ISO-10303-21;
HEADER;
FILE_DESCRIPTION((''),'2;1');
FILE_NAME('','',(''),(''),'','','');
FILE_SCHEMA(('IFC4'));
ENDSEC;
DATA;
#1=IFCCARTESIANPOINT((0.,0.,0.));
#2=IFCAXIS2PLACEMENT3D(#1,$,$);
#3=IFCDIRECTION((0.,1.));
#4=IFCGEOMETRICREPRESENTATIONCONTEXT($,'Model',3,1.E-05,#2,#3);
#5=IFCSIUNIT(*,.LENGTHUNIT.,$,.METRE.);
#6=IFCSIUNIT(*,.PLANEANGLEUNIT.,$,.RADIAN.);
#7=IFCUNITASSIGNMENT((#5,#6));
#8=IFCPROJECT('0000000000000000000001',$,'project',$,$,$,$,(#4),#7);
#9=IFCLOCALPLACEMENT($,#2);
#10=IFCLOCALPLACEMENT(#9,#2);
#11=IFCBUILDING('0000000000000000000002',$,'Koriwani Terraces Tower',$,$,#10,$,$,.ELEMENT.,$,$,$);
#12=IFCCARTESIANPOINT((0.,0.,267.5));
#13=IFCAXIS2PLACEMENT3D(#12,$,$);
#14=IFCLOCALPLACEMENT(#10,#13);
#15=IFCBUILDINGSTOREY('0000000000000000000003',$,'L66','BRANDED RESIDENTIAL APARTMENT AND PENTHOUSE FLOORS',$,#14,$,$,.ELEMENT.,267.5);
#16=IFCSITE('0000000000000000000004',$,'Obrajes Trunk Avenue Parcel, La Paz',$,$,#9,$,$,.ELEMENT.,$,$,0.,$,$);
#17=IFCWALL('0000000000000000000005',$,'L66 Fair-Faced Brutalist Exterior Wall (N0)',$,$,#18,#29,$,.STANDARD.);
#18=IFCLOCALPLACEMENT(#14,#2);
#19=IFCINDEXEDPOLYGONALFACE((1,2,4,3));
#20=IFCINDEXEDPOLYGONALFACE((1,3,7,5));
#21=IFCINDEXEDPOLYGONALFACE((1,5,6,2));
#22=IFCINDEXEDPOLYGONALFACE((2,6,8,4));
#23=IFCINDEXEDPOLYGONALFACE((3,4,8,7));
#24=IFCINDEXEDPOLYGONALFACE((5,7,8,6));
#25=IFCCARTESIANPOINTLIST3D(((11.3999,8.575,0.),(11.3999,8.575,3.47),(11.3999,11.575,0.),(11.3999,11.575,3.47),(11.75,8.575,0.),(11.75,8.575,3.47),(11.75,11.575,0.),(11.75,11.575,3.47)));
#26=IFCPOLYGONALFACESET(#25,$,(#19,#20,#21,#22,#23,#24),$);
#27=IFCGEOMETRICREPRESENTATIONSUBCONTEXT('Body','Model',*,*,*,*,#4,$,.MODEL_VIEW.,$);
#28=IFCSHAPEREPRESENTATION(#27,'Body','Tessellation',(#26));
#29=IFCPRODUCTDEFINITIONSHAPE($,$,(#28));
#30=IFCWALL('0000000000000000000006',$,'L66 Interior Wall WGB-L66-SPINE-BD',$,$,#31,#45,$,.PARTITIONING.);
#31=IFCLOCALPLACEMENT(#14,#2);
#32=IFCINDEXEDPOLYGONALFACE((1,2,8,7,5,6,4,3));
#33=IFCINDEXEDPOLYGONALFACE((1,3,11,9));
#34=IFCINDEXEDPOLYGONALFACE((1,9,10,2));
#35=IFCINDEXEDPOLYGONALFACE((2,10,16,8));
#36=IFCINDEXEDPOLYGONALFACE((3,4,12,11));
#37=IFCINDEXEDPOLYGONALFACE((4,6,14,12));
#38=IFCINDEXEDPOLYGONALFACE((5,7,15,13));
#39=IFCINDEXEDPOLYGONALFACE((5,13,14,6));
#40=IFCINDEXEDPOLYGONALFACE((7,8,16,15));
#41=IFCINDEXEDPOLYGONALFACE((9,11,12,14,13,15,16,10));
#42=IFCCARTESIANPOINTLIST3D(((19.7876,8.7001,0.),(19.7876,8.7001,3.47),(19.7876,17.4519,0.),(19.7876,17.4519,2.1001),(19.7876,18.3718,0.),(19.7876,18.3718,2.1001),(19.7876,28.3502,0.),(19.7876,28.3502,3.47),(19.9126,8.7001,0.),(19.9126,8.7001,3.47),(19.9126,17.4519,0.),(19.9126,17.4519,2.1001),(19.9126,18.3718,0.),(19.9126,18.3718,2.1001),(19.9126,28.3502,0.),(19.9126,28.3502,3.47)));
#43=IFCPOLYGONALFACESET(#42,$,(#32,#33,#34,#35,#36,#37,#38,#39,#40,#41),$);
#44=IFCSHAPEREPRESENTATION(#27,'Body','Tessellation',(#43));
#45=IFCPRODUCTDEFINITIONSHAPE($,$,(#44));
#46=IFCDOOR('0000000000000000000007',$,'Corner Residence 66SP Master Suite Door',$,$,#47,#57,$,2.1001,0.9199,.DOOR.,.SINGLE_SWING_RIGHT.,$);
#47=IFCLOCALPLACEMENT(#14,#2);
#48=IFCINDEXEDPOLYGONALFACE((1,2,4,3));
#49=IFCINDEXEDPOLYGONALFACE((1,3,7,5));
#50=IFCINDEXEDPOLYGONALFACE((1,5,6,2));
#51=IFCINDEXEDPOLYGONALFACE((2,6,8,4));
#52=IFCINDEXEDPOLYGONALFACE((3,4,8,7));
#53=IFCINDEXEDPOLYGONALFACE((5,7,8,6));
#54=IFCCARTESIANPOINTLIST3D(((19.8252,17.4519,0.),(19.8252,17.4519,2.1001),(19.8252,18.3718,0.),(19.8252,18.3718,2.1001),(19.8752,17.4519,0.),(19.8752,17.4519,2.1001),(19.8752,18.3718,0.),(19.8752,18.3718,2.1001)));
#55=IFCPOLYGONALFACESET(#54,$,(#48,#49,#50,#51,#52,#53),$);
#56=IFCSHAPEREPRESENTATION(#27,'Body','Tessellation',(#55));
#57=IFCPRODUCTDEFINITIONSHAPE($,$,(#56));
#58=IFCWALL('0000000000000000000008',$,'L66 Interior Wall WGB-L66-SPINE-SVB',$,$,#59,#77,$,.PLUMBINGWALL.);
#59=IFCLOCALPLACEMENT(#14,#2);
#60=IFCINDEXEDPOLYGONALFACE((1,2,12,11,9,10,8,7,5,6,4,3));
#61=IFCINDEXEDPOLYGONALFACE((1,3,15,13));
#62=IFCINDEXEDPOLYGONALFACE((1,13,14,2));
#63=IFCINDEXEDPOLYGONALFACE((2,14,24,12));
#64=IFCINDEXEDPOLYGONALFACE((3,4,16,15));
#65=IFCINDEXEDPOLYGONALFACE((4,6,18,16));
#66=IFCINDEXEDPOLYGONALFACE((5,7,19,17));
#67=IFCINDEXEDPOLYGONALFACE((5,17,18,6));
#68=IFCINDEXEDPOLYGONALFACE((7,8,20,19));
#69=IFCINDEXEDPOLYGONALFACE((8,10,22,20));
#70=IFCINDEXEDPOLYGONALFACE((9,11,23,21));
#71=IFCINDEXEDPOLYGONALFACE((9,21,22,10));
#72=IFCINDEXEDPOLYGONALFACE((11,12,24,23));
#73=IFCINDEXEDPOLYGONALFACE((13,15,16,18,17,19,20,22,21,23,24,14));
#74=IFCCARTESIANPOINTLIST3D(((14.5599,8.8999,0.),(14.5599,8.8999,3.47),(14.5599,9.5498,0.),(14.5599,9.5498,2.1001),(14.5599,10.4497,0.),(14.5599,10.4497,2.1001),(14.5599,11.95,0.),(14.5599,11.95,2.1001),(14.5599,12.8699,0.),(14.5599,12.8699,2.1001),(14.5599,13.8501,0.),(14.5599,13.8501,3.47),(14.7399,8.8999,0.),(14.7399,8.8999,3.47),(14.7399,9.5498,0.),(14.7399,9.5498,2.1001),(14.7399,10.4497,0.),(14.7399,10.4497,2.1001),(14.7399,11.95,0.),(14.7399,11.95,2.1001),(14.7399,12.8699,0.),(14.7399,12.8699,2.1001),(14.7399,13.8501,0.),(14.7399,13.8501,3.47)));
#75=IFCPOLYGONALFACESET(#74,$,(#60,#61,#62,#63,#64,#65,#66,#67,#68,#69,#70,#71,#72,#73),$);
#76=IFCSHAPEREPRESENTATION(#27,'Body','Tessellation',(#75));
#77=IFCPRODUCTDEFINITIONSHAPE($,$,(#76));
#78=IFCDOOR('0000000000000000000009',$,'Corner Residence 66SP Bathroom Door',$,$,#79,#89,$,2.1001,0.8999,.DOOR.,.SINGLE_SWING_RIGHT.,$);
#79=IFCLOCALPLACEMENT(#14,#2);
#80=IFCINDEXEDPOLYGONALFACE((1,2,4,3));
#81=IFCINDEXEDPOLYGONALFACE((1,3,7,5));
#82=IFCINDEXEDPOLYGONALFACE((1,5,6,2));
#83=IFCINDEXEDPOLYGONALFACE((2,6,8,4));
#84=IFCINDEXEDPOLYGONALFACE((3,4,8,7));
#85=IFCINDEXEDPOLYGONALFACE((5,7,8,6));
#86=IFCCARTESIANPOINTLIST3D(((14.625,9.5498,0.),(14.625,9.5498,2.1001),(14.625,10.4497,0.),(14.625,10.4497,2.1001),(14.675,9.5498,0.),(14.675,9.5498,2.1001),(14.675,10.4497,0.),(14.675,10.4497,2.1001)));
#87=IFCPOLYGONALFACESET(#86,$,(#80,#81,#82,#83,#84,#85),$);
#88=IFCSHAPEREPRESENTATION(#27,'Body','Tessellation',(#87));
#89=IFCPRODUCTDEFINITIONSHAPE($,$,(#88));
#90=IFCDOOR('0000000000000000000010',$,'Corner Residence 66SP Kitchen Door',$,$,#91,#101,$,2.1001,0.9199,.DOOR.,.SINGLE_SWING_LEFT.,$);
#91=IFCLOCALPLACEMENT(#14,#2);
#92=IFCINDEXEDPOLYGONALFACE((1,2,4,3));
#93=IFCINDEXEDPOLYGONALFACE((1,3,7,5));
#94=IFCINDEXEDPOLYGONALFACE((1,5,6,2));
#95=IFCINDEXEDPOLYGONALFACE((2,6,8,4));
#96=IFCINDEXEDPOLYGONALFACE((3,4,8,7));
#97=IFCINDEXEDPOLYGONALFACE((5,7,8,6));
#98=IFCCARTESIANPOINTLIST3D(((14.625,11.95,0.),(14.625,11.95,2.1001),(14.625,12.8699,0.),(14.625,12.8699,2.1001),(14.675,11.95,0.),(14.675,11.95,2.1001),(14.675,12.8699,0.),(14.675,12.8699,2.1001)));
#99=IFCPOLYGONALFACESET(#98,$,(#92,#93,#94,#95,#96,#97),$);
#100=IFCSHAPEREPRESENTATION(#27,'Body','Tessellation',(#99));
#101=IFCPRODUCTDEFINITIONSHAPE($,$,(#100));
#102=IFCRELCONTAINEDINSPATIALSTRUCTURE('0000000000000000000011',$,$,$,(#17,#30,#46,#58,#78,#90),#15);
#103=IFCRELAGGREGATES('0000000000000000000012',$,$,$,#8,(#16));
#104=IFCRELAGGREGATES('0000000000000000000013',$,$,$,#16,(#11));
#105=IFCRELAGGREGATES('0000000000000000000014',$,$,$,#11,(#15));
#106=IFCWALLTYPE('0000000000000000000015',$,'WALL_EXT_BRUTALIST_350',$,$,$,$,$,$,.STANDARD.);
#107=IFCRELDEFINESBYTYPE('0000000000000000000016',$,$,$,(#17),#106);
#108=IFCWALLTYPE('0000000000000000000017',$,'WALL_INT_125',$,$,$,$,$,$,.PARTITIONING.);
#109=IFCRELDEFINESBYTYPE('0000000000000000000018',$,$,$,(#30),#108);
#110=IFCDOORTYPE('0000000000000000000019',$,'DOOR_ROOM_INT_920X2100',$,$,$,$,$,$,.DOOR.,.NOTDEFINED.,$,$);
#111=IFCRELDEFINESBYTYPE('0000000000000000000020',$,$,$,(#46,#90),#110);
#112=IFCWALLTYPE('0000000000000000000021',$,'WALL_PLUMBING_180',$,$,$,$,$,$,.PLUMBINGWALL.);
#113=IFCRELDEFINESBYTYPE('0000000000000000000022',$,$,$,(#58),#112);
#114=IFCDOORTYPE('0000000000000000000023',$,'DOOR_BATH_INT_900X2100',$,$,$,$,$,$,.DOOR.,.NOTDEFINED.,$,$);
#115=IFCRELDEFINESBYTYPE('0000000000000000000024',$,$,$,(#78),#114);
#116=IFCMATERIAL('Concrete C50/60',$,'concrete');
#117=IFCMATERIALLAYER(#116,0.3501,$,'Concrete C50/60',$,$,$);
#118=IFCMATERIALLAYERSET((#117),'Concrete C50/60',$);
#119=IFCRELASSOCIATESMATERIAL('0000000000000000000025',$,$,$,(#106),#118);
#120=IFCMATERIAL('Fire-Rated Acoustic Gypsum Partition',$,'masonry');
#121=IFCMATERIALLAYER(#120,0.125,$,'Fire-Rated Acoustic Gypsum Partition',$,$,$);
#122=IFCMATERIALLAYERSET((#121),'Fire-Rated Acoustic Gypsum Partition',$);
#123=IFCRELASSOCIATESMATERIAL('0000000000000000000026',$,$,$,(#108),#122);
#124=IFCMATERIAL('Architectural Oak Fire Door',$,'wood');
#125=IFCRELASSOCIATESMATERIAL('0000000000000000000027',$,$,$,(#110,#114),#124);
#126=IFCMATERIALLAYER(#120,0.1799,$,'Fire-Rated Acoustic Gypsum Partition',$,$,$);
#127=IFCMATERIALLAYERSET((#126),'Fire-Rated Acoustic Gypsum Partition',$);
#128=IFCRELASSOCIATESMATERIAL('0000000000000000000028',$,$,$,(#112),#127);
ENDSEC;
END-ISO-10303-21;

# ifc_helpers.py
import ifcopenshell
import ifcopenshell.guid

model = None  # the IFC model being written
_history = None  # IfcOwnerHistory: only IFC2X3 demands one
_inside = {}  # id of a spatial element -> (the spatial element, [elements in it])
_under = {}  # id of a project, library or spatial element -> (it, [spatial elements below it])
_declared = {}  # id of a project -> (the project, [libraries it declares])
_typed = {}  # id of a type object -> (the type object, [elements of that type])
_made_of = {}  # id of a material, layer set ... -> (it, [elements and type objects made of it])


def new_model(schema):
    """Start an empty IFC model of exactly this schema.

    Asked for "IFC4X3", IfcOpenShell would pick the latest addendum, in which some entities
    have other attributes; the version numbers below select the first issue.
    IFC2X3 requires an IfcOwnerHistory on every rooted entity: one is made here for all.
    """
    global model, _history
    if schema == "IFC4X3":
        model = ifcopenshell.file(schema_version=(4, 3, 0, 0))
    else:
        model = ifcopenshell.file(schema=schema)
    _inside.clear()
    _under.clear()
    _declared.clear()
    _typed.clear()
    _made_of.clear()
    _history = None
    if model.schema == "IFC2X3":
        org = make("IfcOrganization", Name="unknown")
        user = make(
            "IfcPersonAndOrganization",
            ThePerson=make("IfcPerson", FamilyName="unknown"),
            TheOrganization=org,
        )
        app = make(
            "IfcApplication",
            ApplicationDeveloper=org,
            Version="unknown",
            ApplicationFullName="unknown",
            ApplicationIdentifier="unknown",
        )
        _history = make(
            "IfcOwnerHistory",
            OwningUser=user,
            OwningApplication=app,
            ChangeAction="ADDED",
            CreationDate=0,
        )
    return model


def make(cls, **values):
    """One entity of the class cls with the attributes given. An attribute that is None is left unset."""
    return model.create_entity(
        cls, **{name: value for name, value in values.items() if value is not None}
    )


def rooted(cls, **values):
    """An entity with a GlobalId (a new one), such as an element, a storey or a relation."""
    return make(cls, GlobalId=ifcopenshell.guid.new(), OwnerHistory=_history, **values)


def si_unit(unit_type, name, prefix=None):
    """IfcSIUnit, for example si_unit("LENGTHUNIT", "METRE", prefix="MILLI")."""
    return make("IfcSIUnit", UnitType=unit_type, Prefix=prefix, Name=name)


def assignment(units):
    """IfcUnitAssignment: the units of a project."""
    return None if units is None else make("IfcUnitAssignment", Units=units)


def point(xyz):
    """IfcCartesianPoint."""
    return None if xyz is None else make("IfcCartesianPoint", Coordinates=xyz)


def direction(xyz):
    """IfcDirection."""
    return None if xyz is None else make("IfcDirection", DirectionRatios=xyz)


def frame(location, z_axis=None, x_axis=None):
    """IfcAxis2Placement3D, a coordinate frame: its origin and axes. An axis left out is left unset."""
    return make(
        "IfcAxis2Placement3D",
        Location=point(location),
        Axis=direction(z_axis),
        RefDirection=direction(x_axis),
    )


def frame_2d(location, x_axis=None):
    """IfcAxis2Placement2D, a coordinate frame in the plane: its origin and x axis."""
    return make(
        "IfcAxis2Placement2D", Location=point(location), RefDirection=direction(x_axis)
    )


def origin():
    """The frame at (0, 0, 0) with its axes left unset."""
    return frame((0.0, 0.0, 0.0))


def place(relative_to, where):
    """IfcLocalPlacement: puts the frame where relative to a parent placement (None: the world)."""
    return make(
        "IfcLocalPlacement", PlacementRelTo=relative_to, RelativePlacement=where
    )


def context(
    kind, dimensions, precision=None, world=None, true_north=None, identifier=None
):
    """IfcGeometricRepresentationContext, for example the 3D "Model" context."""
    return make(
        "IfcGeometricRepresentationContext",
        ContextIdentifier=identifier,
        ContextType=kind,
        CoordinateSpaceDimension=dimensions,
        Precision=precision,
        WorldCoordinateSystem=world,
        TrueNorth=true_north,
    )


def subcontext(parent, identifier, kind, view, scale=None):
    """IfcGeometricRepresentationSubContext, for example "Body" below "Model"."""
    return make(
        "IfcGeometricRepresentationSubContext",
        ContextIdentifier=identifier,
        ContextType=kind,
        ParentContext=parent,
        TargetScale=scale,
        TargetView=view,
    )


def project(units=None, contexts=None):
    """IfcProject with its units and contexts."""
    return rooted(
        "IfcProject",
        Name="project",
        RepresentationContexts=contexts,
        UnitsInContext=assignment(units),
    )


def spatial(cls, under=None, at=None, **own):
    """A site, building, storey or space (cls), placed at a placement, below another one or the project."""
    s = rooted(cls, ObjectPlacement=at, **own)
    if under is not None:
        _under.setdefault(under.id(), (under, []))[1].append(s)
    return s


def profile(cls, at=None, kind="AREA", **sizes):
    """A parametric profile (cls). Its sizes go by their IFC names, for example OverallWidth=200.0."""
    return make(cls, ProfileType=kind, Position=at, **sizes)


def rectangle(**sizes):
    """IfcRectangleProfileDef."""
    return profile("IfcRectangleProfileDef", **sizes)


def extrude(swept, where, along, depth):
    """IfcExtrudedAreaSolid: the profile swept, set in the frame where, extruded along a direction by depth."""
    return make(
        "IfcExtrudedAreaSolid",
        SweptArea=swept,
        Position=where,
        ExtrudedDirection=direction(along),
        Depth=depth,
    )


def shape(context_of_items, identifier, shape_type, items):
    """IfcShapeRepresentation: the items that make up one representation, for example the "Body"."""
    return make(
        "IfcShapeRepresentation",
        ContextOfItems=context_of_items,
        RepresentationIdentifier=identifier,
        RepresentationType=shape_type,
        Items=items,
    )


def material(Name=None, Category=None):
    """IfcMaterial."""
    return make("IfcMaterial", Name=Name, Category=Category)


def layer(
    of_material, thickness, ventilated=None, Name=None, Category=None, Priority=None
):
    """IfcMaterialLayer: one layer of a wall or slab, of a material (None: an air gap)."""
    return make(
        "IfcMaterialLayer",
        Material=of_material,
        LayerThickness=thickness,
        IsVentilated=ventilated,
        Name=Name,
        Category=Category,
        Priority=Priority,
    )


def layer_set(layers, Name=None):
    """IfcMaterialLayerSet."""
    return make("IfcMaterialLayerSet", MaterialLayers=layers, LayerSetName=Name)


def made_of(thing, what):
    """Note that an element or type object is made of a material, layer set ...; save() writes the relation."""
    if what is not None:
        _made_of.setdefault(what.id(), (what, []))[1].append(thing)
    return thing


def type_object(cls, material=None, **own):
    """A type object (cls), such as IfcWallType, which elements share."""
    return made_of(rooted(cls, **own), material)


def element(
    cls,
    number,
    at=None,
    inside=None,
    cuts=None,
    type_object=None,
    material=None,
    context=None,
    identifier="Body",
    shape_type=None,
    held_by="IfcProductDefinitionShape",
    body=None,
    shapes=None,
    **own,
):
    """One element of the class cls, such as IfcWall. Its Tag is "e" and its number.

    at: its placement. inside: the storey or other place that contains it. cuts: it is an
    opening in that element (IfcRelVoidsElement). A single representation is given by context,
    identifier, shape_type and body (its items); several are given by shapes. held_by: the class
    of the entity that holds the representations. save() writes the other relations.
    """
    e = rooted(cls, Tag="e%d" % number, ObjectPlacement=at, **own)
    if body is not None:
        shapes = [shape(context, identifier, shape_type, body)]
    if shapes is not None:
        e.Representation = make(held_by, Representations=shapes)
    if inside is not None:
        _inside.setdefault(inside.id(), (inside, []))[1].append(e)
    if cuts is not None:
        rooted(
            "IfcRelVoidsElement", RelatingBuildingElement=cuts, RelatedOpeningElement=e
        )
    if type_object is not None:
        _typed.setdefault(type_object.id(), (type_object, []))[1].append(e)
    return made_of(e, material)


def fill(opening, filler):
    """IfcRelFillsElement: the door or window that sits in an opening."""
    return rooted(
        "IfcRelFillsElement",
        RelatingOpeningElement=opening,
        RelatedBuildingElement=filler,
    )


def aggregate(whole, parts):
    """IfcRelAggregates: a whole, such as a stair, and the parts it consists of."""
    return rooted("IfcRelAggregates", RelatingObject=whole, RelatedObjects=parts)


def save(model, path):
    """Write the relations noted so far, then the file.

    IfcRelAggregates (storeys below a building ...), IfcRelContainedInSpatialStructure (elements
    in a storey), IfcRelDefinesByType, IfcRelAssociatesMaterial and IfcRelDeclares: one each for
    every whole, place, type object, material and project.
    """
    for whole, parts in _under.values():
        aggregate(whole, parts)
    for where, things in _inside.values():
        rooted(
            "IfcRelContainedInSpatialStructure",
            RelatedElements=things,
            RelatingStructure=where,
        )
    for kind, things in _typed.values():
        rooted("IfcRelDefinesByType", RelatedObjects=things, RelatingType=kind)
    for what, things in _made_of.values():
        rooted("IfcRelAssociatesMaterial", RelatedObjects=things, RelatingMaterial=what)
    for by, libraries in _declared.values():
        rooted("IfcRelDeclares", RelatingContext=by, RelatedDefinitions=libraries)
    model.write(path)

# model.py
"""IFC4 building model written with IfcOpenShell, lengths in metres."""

from ifc_helpers import new_model, si_unit, direction, frame, frame_2d, origin, place, context, subcontext, project, spatial, rectangle, extrude, material, layer, layer_set, type_object, element, fill, save


model = new_model("IFC4")

# Units and contexts
model_context = context("Model", 3, precision=1e-05, world=origin(), true_north=direction((0.0, 1.0)))
body_context = subcontext(model_context, "Body", "Model", "MODEL_VIEW")
ifc_project = project(units=[si_unit("LENGTHUNIT", "METRE"), si_unit("PLANEANGLEUNIT", "RADIAN")], contexts=[model_context])

# Site, building, storey
site_placement = place(None, origin())
site = spatial("IfcSite", under=ifc_project, at=site_placement, Name="Obrajes Trunk Avenue Parcel, La Paz", CompositionType="ELEMENT", RefElevation=0.0)
building_placement = place(site_placement, origin())
building = spatial("IfcBuilding", under=site, at=building_placement, Name="Koriwani Terraces Tower", CompositionType="ELEMENT")
storey_placement = place(building_placement, frame((0.0, 0.0, 267.5)))
storey = spatial("IfcBuildingStorey", under=building, at=storey_placement, Name="L66", Description="BRANDED RESIDENTIAL APARTMENT AND PENTHOUSE FLOORS", CompositionType="ELEMENT", Elevation=267.5)

# Shared definitions
ifc_material_1 = material(Name="Concrete C50/60", Category="concrete")

# Wall
ifc_layer_1 = layer(ifc_material_1, 0.3501, Name="Concrete C50/60")
ifc_layer_set_1 = layer_set([ifc_layer_1], Name="Concrete C50/60")
wall_type_1 = type_object("IfcWallType", Name="WALL_EXT_BRUTALIST_350", PredefinedType="STANDARD", material=ifc_layer_set_1)
wall_1_placement = place(storey_placement, frame((11.575, 8.575, 0.0), z_axis=(0.0, 0.0, 1.0), x_axis=(0.0, 1.0, 0.0)))
element("IfcWall", 1, at=wall_1_placement, inside=storey, type_object=wall_type_1, Name="L66 Fair-Faced Brutalist Exterior Wall (N0)", PredefinedType="STANDARD", context=body_context, shape_type="SweptSolid", body=[
    extrude(rectangle(XDim=3.0, YDim=0.3501, at=frame_2d((1.5, 0.0))), origin(), (0.0, 0.0, 1.0), 3.47),
])

# Wall, opening, door
ifc_material_2 = material(Name="Fire-Rated Acoustic Gypsum Partition", Category="masonry")
ifc_layer_2 = layer(ifc_material_2, 0.125, Name="Fire-Rated Acoustic Gypsum Partition")
ifc_layer_set_2 = layer_set([ifc_layer_2], Name="Fire-Rated Acoustic Gypsum Partition")
wall_type_2 = type_object("IfcWallType", Name="WALL_INT_125", PredefinedType="PARTITIONING", material=ifc_layer_set_2)
wall_2_placement = place(storey_placement, frame((19.8501, 8.7, 0.0), z_axis=(0.0, 0.0, 1.0), x_axis=(0.0, 1.0, 0.0)))
wall_2 = element("IfcWall", 2, at=wall_2_placement, inside=storey, type_object=wall_type_2, Name="L66 Interior Wall WGB-L66-SPINE-BD", PredefinedType="PARTITIONING", context=body_context, shape_type="SweptSolid", body=[
    extrude(rectangle(XDim=19.6501, YDim=0.125, at=frame_2d((9.8252, 0.0))), origin(), (0.0, 0.0, 1.0), 3.47),
])
opening_1_placement = place(wall_2_placement, frame((8.752, 0.0, 0.0)))
opening_1 = element("IfcOpeningElement", 3, at=opening_1_placement, cuts=wall_2, PredefinedType="OPENING", context=body_context, shape_type="SweptSolid", body=[
    extrude(rectangle(XDim=0.9199, YDim=2.1001, at=frame_2d((0.46, 1.05))), frame((0.0, 0.0725, 0.0), z_axis=(0.0, -1.0, 0.0), x_axis=(1.0, 0.0, 0.0)), (0.0, 0.0, 1.0), 0.145),
])
ifc_material_3 = material(Name="Architectural Oak Fire Door", Category="wood")
door_type_1 = type_object("IfcDoorType", Name="DOOR_ROOM_INT_920X2100", OperationType="NOTDEFINED", PredefinedType="DOOR", material=ifc_material_3)
door_1_placement = place(opening_1_placement, origin())
door_1 = element("IfcDoor", 4, at=door_1_placement, inside=storey, type_object=door_type_1, Name="Corner Residence 66SP Master Suite Door", OperationType="SINGLE_SWING_RIGHT", OverallHeight=2.1001, OverallWidth=0.9199, PredefinedType="DOOR", context=body_context, shape_type="SweptSolid", body=[
    extrude(rectangle(XDim=0.9199, YDim=2.1001, at=frame_2d((0.46, 1.05))), frame((0.0, 0.0249, 0.0), z_axis=(0.0, -1.0, 0.0), x_axis=(1.0, 0.0, 0.0)), (0.0, 0.0, 1.0), 0.05),
])
fill(opening_1, door_1)

# Wall, openings, doors
ifc_layer_3 = layer(ifc_material_2, 0.1799, Name="Fire-Rated Acoustic Gypsum Partition")
ifc_layer_set_3 = layer_set([ifc_layer_3], Name="Fire-Rated Acoustic Gypsum Partition")
wall_type_3 = type_object("IfcWallType", Name="WALL_PLUMBING_180", PredefinedType="PLUMBINGWALL", material=ifc_layer_set_3)
wall_3_placement = place(storey_placement, frame((14.6499, 8.8999, 0.0), z_axis=(0.0, 0.0, 1.0), x_axis=(0.0, 1.0, 0.0)))
wall_3 = element("IfcWall", 5, at=wall_3_placement, inside=storey, type_object=wall_type_3, Name="L66 Interior Wall WGB-L66-SPINE-SVB", PredefinedType="PLUMBINGWALL", context=body_context, shape_type="SweptSolid", body=[
    extrude(rectangle(XDim=4.9502, YDim=0.1799, at=frame_2d((2.4751, 0.0))), origin(), (0.0, 0.0, 1.0), 3.47),
])
opening_2_placement = place(wall_3_placement, frame((0.6499, 0.0, 0.0)))
opening_2 = element("IfcOpeningElement", 6, at=opening_2_placement, cuts=wall_3, PredefinedType="OPENING", context=body_context, shape_type="SweptSolid", body=[
    extrude(rectangle(XDim=0.8999, YDim=2.1001, at=frame_2d((0.45, 1.05))), frame((0.0, 0.1001, 0.0), z_axis=(0.0, -1.0, 0.0), x_axis=(1.0, 0.0, 0.0)), (0.0, 0.0, 1.0), 0.2),
])
opening_3_placement = place(wall_3_placement, frame((3.05, 0.0, 0.0)))
opening_3 = element("IfcOpeningElement", 7, at=opening_3_placement, cuts=wall_3, PredefinedType="OPENING", context=body_context, shape_type="SweptSolid", body=[
    extrude(rectangle(XDim=0.9199, YDim=2.1001, at=frame_2d((0.46, 1.05))), frame((0.0, 0.1001, 0.0), z_axis=(0.0, -1.0, 0.0), x_axis=(1.0, 0.0, 0.0)), (0.0, 0.0, 1.0), 0.2),
])
door_type_2 = type_object("IfcDoorType", Name="DOOR_BATH_INT_900X2100", OperationType="NOTDEFINED", PredefinedType="DOOR", material=ifc_material_3)
door_2_placement = place(opening_2_placement, origin())
door_2 = element("IfcDoor", 8, at=door_2_placement, inside=storey, type_object=door_type_2, Name="Corner Residence 66SP Bathroom Door", OperationType="SINGLE_SWING_RIGHT", OverallHeight=2.1001, OverallWidth=0.8999, PredefinedType="DOOR", context=body_context, shape_type="SweptSolid", body=[
    extrude(rectangle(XDim=0.8999, YDim=2.1001, at=frame_2d((0.45, 1.05))), frame((0.0, 0.0249, 0.0), z_axis=(0.0, -1.0, 0.0), x_axis=(1.0, 0.0, 0.0)), (0.0, 0.0, 1.0), 0.05),
])
fill(opening_2, door_2)
door_3_placement = place(opening_3_placement, origin())
door_3 = element("IfcDoor", 9, at=door_3_placement, inside=storey, type_object=door_type_1, Name="Corner Residence 66SP Kitchen Door", OperationType="SINGLE_SWING_LEFT", OverallHeight=2.1001, OverallWidth=0.9199, PredefinedType="DOOR", context=body_context, shape_type="SweptSolid", body=[
    extrude(rectangle(XDim=0.9199, YDim=2.1001, at=frame_2d((0.46, 1.05))), frame((0.0, 0.0249, 0.0), z_axis=(0.0, -1.0, 0.0), x_axis=(1.0, 0.0, 0.0)), (0.0, 0.0, 1.0), 0.05),
])
fill(opening_3, door_3)

save(model, "model.ifc")
